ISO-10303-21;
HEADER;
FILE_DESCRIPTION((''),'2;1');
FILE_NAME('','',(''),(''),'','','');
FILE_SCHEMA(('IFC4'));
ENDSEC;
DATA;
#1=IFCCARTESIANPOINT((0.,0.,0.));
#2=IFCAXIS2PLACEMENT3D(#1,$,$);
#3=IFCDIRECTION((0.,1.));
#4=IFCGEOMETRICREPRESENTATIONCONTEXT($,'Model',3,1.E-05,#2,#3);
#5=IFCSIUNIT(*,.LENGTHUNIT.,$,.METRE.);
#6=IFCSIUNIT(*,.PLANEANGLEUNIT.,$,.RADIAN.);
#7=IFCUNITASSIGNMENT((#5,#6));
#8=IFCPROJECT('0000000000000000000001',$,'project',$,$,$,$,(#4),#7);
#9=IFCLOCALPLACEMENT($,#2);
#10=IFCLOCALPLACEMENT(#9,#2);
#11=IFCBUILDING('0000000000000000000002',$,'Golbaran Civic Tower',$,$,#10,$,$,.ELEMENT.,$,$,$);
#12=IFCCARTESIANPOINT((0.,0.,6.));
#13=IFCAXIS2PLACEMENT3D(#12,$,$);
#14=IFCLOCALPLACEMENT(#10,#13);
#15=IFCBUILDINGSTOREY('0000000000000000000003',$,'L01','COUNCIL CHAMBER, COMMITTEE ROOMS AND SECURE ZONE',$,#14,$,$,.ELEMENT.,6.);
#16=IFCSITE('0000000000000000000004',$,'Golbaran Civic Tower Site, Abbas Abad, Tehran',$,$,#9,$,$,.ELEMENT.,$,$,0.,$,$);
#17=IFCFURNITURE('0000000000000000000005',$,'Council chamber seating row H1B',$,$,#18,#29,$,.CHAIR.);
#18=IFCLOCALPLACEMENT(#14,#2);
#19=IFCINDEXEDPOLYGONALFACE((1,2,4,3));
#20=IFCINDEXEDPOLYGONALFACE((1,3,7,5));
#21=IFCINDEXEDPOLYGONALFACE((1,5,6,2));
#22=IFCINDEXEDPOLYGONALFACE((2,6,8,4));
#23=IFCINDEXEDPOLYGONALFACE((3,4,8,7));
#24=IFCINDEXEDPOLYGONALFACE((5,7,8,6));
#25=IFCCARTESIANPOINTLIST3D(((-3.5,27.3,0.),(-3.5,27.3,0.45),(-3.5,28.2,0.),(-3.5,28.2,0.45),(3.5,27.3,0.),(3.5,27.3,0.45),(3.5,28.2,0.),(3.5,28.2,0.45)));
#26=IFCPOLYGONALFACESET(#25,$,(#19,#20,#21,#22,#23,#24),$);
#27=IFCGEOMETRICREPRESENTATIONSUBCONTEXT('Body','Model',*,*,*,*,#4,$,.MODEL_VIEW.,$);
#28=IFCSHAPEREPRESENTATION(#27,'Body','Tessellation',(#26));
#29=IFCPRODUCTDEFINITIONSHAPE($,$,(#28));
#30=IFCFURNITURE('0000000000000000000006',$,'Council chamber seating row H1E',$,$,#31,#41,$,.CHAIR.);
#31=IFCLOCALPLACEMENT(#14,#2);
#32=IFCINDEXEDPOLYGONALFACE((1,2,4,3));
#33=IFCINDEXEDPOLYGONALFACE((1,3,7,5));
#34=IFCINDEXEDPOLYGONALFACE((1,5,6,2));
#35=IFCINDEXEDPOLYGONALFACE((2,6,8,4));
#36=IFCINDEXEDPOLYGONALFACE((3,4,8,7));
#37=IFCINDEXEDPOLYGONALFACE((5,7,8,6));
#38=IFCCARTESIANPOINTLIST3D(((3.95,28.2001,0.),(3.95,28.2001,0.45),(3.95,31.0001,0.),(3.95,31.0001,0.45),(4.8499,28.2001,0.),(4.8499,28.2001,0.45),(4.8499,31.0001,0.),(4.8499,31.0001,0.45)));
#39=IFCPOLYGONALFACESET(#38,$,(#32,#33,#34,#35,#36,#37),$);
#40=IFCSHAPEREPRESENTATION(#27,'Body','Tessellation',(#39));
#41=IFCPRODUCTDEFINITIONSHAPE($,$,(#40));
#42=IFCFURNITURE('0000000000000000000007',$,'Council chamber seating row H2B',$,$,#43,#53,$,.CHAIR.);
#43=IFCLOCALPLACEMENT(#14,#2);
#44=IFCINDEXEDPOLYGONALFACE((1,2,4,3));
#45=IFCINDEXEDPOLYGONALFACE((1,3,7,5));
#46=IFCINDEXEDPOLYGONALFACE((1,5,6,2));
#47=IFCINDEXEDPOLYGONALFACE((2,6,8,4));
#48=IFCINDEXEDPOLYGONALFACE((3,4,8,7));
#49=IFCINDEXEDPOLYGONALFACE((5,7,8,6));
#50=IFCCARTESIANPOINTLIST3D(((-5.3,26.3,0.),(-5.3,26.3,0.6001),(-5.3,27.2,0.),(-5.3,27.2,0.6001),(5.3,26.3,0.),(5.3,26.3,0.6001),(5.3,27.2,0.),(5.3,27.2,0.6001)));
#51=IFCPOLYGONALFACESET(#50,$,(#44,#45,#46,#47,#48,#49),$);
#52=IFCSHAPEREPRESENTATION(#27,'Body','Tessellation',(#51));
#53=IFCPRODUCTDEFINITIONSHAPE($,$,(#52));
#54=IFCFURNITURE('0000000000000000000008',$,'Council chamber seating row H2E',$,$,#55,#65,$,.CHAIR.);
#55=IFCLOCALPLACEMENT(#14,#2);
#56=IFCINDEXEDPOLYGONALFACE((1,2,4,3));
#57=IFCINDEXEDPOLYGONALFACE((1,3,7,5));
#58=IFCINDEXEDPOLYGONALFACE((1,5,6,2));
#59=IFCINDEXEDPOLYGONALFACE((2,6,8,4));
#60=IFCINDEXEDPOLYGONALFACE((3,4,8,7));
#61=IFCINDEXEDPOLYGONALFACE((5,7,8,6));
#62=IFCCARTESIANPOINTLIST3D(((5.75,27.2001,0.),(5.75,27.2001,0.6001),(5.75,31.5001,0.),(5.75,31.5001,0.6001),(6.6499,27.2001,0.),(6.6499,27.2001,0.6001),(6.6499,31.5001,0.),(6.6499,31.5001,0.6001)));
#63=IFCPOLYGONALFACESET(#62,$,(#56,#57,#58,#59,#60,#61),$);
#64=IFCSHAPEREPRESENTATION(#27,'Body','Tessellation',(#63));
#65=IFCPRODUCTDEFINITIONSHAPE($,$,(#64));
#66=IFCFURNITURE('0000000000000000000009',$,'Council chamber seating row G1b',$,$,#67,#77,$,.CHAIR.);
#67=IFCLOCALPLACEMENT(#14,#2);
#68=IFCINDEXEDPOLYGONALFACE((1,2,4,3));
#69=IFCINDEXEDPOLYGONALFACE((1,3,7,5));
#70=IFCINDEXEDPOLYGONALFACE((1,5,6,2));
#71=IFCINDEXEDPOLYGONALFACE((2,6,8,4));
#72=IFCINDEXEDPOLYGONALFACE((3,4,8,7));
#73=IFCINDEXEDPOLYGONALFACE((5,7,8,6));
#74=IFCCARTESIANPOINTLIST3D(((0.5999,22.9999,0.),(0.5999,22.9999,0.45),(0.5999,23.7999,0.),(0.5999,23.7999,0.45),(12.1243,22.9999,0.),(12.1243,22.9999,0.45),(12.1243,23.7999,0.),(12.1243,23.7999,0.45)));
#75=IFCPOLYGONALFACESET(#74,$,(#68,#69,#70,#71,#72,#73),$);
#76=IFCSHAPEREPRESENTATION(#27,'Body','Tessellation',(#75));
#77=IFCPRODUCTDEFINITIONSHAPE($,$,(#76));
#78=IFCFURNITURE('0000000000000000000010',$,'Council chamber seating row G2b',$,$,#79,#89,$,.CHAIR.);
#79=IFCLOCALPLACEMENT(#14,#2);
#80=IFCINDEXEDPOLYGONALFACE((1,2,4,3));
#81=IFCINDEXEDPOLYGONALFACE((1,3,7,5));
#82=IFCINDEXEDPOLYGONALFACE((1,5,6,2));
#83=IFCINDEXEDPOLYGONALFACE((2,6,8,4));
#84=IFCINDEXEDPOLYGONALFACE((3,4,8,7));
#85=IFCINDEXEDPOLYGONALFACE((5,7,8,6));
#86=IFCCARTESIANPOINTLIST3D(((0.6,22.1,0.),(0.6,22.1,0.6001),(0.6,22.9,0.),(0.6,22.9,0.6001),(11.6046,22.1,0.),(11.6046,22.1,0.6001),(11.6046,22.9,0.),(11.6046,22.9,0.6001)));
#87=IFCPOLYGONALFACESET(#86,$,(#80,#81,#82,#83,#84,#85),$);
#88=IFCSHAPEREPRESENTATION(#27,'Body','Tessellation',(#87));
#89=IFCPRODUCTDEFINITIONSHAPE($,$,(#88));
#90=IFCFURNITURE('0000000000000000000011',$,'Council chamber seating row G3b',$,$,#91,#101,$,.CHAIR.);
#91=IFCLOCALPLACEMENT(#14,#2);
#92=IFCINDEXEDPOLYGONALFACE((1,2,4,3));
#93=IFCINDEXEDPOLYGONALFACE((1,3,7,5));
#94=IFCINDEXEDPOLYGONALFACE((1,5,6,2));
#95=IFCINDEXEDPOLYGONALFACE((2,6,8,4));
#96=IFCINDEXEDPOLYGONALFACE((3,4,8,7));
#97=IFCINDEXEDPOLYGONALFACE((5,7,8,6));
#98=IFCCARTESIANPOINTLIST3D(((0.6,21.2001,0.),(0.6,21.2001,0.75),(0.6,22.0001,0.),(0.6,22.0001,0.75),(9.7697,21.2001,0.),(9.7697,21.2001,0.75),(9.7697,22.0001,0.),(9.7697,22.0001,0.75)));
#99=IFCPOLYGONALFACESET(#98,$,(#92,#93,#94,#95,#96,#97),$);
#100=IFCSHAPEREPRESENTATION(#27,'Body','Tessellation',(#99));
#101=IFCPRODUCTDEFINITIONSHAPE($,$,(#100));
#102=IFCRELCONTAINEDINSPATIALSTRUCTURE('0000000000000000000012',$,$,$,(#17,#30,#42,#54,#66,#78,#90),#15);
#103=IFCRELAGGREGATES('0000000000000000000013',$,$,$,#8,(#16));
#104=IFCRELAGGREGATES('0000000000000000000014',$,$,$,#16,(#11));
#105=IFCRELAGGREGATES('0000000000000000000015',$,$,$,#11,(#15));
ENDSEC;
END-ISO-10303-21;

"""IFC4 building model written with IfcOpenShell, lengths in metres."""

from ifc_helpers import new_model, si_unit, direction, frame, origin, origin_2d, place, context, subcontext, project, spatial, rectangle, extrude, element, save


model = new_model("IFC4")

# Units and contexts
model_context = context("Model", 3, precision=1e-05, world=origin(), true_north=direction((0.0, 1.0)))
body_context = subcontext(model_context, "Body", "Model", "MODEL_VIEW")
ifc_project = project(units=[si_unit("LENGTHUNIT", "METRE"), si_unit("PLANEANGLEUNIT", "RADIAN")], contexts=[model_context])

# Site, building, storey
site_placement = place(None, origin())
site = spatial("IfcSite", under=ifc_project, at=site_placement, Name="Golbaran Civic Tower Site, Abbas Abad, Tehran", CompositionType="ELEMENT", RefElevation=0.0)
building_placement = place(site_placement, origin())
building = spatial("IfcBuilding", under=site, at=building_placement, Name="Golbaran Civic Tower", CompositionType="ELEMENT")
storey_placement = place(building_placement, frame((0.0, 0.0, 6.0)))
storey = spatial("IfcBuildingStorey", under=building, at=storey_placement, Name="L01", Description="COUNCIL CHAMBER, COMMITTEE ROOMS AND SECURE ZONE", CompositionType="ELEMENT", Elevation=6.0)

# Furniture
furniture_1_placement = place(storey_placement, frame((0.0, 27.75, 0.0), z_axis=(0.0, 0.0, 1.0), x_axis=(1.0, 0.0, 0.0)))
element("IfcFurniture", 1, at=furniture_1_placement, inside=storey, Name="Council chamber seating row H1B", PredefinedType="CHAIR", context=body_context, shape_type="SweptSolid", body=[
    extrude(rectangle(XDim=7.0, YDim=0.8999, at=origin_2d()), origin(), (0.0, 0.0, 1.0), 0.45),
])
furniture_2_placement = place(storey_placement, frame((4.3999, 29.6001, 0.0), z_axis=(0.0, 0.0, 1.0), x_axis=(0.0, 1.0, 0.0)))
element("IfcFurniture", 2, at=furniture_2_placement, inside=storey, Name="Council chamber seating row H1E", PredefinedType="CHAIR", context=body_context, shape_type="SweptSolid", body=[
    extrude(rectangle(XDim=2.8, YDim=0.8999, at=origin_2d()), origin(), (0.0, 0.0, 1.0), 0.45),
])
furniture_3_placement = place(storey_placement, frame((0.0, 26.75, 0.0), z_axis=(0.0, 0.0, 1.0), x_axis=(1.0, 0.0, 0.0)))
element("IfcFurniture", 3, at=furniture_3_placement, inside=storey, Name="Council chamber seating row H2B", PredefinedType="CHAIR", context=body_context, shape_type="SweptSolid", body=[
    extrude(rectangle(XDim=10.6001, YDim=0.8999, at=origin_2d()), origin(), (0.0, 0.0, 1.0), 0.6001),
])
furniture_4_placement = place(storey_placement, frame((6.2, 29.3501, 0.0), z_axis=(0.0, 0.0, 1.0), x_axis=(0.0, 1.0, 0.0)))
element("IfcFurniture", 4, at=furniture_4_placement, inside=storey, Name="Council chamber seating row H2E", PredefinedType="CHAIR", context=body_context, shape_type="SweptSolid", body=[
    extrude(rectangle(XDim=4.3, YDim=0.8999, at=origin_2d()), origin(), (0.0, 0.0, 1.0), 0.6001),
])
furniture_5_placement = place(storey_placement, frame((6.3621, 23.3999, 0.0), z_axis=(0.0, 0.0, 1.0), x_axis=(1.0, 0.0, 0.0)))
element("IfcFurniture", 5, at=furniture_5_placement, inside=storey, Name="Council chamber seating row G1b", PredefinedType="CHAIR", context=body_context, shape_type="SweptSolid", body=[
    extrude(rectangle(XDim=11.5244, YDim=0.8, at=origin_2d()), origin(), (0.0, 0.0, 1.0), 0.45),
])
furniture_6_placement = place(storey_placement, frame((6.1023, 22.5, 0.0), z_axis=(0.0, 0.0, 1.0), x_axis=(1.0, 0.0, 0.0)))
element("IfcFurniture", 6, at=furniture_6_placement, inside=storey, Name="Council chamber seating row G2b", PredefinedType="CHAIR", context=body_context, shape_type="SweptSolid", body=[
    extrude(rectangle(XDim=11.0046, YDim=0.8, at=origin_2d()), origin(), (0.0, 0.0, 1.0), 0.6001),
])
furniture_7_placement = place(storey_placement, frame((5.1848, 21.6001, 0.0), z_axis=(0.0, 0.0, 1.0), x_axis=(1.0, 0.0, 0.0)))
element("IfcFurniture", 7, at=furniture_7_placement, inside=storey, Name="Council chamber seating row G3b", PredefinedType="CHAIR", context=body_context, shape_type="SweptSolid", body=[
    extrude(rectangle(XDim=9.1697, YDim=0.8, at=origin_2d()), origin(), (0.0, 0.0, 1.0), 0.75),
])

save(model, "model.ifc")
